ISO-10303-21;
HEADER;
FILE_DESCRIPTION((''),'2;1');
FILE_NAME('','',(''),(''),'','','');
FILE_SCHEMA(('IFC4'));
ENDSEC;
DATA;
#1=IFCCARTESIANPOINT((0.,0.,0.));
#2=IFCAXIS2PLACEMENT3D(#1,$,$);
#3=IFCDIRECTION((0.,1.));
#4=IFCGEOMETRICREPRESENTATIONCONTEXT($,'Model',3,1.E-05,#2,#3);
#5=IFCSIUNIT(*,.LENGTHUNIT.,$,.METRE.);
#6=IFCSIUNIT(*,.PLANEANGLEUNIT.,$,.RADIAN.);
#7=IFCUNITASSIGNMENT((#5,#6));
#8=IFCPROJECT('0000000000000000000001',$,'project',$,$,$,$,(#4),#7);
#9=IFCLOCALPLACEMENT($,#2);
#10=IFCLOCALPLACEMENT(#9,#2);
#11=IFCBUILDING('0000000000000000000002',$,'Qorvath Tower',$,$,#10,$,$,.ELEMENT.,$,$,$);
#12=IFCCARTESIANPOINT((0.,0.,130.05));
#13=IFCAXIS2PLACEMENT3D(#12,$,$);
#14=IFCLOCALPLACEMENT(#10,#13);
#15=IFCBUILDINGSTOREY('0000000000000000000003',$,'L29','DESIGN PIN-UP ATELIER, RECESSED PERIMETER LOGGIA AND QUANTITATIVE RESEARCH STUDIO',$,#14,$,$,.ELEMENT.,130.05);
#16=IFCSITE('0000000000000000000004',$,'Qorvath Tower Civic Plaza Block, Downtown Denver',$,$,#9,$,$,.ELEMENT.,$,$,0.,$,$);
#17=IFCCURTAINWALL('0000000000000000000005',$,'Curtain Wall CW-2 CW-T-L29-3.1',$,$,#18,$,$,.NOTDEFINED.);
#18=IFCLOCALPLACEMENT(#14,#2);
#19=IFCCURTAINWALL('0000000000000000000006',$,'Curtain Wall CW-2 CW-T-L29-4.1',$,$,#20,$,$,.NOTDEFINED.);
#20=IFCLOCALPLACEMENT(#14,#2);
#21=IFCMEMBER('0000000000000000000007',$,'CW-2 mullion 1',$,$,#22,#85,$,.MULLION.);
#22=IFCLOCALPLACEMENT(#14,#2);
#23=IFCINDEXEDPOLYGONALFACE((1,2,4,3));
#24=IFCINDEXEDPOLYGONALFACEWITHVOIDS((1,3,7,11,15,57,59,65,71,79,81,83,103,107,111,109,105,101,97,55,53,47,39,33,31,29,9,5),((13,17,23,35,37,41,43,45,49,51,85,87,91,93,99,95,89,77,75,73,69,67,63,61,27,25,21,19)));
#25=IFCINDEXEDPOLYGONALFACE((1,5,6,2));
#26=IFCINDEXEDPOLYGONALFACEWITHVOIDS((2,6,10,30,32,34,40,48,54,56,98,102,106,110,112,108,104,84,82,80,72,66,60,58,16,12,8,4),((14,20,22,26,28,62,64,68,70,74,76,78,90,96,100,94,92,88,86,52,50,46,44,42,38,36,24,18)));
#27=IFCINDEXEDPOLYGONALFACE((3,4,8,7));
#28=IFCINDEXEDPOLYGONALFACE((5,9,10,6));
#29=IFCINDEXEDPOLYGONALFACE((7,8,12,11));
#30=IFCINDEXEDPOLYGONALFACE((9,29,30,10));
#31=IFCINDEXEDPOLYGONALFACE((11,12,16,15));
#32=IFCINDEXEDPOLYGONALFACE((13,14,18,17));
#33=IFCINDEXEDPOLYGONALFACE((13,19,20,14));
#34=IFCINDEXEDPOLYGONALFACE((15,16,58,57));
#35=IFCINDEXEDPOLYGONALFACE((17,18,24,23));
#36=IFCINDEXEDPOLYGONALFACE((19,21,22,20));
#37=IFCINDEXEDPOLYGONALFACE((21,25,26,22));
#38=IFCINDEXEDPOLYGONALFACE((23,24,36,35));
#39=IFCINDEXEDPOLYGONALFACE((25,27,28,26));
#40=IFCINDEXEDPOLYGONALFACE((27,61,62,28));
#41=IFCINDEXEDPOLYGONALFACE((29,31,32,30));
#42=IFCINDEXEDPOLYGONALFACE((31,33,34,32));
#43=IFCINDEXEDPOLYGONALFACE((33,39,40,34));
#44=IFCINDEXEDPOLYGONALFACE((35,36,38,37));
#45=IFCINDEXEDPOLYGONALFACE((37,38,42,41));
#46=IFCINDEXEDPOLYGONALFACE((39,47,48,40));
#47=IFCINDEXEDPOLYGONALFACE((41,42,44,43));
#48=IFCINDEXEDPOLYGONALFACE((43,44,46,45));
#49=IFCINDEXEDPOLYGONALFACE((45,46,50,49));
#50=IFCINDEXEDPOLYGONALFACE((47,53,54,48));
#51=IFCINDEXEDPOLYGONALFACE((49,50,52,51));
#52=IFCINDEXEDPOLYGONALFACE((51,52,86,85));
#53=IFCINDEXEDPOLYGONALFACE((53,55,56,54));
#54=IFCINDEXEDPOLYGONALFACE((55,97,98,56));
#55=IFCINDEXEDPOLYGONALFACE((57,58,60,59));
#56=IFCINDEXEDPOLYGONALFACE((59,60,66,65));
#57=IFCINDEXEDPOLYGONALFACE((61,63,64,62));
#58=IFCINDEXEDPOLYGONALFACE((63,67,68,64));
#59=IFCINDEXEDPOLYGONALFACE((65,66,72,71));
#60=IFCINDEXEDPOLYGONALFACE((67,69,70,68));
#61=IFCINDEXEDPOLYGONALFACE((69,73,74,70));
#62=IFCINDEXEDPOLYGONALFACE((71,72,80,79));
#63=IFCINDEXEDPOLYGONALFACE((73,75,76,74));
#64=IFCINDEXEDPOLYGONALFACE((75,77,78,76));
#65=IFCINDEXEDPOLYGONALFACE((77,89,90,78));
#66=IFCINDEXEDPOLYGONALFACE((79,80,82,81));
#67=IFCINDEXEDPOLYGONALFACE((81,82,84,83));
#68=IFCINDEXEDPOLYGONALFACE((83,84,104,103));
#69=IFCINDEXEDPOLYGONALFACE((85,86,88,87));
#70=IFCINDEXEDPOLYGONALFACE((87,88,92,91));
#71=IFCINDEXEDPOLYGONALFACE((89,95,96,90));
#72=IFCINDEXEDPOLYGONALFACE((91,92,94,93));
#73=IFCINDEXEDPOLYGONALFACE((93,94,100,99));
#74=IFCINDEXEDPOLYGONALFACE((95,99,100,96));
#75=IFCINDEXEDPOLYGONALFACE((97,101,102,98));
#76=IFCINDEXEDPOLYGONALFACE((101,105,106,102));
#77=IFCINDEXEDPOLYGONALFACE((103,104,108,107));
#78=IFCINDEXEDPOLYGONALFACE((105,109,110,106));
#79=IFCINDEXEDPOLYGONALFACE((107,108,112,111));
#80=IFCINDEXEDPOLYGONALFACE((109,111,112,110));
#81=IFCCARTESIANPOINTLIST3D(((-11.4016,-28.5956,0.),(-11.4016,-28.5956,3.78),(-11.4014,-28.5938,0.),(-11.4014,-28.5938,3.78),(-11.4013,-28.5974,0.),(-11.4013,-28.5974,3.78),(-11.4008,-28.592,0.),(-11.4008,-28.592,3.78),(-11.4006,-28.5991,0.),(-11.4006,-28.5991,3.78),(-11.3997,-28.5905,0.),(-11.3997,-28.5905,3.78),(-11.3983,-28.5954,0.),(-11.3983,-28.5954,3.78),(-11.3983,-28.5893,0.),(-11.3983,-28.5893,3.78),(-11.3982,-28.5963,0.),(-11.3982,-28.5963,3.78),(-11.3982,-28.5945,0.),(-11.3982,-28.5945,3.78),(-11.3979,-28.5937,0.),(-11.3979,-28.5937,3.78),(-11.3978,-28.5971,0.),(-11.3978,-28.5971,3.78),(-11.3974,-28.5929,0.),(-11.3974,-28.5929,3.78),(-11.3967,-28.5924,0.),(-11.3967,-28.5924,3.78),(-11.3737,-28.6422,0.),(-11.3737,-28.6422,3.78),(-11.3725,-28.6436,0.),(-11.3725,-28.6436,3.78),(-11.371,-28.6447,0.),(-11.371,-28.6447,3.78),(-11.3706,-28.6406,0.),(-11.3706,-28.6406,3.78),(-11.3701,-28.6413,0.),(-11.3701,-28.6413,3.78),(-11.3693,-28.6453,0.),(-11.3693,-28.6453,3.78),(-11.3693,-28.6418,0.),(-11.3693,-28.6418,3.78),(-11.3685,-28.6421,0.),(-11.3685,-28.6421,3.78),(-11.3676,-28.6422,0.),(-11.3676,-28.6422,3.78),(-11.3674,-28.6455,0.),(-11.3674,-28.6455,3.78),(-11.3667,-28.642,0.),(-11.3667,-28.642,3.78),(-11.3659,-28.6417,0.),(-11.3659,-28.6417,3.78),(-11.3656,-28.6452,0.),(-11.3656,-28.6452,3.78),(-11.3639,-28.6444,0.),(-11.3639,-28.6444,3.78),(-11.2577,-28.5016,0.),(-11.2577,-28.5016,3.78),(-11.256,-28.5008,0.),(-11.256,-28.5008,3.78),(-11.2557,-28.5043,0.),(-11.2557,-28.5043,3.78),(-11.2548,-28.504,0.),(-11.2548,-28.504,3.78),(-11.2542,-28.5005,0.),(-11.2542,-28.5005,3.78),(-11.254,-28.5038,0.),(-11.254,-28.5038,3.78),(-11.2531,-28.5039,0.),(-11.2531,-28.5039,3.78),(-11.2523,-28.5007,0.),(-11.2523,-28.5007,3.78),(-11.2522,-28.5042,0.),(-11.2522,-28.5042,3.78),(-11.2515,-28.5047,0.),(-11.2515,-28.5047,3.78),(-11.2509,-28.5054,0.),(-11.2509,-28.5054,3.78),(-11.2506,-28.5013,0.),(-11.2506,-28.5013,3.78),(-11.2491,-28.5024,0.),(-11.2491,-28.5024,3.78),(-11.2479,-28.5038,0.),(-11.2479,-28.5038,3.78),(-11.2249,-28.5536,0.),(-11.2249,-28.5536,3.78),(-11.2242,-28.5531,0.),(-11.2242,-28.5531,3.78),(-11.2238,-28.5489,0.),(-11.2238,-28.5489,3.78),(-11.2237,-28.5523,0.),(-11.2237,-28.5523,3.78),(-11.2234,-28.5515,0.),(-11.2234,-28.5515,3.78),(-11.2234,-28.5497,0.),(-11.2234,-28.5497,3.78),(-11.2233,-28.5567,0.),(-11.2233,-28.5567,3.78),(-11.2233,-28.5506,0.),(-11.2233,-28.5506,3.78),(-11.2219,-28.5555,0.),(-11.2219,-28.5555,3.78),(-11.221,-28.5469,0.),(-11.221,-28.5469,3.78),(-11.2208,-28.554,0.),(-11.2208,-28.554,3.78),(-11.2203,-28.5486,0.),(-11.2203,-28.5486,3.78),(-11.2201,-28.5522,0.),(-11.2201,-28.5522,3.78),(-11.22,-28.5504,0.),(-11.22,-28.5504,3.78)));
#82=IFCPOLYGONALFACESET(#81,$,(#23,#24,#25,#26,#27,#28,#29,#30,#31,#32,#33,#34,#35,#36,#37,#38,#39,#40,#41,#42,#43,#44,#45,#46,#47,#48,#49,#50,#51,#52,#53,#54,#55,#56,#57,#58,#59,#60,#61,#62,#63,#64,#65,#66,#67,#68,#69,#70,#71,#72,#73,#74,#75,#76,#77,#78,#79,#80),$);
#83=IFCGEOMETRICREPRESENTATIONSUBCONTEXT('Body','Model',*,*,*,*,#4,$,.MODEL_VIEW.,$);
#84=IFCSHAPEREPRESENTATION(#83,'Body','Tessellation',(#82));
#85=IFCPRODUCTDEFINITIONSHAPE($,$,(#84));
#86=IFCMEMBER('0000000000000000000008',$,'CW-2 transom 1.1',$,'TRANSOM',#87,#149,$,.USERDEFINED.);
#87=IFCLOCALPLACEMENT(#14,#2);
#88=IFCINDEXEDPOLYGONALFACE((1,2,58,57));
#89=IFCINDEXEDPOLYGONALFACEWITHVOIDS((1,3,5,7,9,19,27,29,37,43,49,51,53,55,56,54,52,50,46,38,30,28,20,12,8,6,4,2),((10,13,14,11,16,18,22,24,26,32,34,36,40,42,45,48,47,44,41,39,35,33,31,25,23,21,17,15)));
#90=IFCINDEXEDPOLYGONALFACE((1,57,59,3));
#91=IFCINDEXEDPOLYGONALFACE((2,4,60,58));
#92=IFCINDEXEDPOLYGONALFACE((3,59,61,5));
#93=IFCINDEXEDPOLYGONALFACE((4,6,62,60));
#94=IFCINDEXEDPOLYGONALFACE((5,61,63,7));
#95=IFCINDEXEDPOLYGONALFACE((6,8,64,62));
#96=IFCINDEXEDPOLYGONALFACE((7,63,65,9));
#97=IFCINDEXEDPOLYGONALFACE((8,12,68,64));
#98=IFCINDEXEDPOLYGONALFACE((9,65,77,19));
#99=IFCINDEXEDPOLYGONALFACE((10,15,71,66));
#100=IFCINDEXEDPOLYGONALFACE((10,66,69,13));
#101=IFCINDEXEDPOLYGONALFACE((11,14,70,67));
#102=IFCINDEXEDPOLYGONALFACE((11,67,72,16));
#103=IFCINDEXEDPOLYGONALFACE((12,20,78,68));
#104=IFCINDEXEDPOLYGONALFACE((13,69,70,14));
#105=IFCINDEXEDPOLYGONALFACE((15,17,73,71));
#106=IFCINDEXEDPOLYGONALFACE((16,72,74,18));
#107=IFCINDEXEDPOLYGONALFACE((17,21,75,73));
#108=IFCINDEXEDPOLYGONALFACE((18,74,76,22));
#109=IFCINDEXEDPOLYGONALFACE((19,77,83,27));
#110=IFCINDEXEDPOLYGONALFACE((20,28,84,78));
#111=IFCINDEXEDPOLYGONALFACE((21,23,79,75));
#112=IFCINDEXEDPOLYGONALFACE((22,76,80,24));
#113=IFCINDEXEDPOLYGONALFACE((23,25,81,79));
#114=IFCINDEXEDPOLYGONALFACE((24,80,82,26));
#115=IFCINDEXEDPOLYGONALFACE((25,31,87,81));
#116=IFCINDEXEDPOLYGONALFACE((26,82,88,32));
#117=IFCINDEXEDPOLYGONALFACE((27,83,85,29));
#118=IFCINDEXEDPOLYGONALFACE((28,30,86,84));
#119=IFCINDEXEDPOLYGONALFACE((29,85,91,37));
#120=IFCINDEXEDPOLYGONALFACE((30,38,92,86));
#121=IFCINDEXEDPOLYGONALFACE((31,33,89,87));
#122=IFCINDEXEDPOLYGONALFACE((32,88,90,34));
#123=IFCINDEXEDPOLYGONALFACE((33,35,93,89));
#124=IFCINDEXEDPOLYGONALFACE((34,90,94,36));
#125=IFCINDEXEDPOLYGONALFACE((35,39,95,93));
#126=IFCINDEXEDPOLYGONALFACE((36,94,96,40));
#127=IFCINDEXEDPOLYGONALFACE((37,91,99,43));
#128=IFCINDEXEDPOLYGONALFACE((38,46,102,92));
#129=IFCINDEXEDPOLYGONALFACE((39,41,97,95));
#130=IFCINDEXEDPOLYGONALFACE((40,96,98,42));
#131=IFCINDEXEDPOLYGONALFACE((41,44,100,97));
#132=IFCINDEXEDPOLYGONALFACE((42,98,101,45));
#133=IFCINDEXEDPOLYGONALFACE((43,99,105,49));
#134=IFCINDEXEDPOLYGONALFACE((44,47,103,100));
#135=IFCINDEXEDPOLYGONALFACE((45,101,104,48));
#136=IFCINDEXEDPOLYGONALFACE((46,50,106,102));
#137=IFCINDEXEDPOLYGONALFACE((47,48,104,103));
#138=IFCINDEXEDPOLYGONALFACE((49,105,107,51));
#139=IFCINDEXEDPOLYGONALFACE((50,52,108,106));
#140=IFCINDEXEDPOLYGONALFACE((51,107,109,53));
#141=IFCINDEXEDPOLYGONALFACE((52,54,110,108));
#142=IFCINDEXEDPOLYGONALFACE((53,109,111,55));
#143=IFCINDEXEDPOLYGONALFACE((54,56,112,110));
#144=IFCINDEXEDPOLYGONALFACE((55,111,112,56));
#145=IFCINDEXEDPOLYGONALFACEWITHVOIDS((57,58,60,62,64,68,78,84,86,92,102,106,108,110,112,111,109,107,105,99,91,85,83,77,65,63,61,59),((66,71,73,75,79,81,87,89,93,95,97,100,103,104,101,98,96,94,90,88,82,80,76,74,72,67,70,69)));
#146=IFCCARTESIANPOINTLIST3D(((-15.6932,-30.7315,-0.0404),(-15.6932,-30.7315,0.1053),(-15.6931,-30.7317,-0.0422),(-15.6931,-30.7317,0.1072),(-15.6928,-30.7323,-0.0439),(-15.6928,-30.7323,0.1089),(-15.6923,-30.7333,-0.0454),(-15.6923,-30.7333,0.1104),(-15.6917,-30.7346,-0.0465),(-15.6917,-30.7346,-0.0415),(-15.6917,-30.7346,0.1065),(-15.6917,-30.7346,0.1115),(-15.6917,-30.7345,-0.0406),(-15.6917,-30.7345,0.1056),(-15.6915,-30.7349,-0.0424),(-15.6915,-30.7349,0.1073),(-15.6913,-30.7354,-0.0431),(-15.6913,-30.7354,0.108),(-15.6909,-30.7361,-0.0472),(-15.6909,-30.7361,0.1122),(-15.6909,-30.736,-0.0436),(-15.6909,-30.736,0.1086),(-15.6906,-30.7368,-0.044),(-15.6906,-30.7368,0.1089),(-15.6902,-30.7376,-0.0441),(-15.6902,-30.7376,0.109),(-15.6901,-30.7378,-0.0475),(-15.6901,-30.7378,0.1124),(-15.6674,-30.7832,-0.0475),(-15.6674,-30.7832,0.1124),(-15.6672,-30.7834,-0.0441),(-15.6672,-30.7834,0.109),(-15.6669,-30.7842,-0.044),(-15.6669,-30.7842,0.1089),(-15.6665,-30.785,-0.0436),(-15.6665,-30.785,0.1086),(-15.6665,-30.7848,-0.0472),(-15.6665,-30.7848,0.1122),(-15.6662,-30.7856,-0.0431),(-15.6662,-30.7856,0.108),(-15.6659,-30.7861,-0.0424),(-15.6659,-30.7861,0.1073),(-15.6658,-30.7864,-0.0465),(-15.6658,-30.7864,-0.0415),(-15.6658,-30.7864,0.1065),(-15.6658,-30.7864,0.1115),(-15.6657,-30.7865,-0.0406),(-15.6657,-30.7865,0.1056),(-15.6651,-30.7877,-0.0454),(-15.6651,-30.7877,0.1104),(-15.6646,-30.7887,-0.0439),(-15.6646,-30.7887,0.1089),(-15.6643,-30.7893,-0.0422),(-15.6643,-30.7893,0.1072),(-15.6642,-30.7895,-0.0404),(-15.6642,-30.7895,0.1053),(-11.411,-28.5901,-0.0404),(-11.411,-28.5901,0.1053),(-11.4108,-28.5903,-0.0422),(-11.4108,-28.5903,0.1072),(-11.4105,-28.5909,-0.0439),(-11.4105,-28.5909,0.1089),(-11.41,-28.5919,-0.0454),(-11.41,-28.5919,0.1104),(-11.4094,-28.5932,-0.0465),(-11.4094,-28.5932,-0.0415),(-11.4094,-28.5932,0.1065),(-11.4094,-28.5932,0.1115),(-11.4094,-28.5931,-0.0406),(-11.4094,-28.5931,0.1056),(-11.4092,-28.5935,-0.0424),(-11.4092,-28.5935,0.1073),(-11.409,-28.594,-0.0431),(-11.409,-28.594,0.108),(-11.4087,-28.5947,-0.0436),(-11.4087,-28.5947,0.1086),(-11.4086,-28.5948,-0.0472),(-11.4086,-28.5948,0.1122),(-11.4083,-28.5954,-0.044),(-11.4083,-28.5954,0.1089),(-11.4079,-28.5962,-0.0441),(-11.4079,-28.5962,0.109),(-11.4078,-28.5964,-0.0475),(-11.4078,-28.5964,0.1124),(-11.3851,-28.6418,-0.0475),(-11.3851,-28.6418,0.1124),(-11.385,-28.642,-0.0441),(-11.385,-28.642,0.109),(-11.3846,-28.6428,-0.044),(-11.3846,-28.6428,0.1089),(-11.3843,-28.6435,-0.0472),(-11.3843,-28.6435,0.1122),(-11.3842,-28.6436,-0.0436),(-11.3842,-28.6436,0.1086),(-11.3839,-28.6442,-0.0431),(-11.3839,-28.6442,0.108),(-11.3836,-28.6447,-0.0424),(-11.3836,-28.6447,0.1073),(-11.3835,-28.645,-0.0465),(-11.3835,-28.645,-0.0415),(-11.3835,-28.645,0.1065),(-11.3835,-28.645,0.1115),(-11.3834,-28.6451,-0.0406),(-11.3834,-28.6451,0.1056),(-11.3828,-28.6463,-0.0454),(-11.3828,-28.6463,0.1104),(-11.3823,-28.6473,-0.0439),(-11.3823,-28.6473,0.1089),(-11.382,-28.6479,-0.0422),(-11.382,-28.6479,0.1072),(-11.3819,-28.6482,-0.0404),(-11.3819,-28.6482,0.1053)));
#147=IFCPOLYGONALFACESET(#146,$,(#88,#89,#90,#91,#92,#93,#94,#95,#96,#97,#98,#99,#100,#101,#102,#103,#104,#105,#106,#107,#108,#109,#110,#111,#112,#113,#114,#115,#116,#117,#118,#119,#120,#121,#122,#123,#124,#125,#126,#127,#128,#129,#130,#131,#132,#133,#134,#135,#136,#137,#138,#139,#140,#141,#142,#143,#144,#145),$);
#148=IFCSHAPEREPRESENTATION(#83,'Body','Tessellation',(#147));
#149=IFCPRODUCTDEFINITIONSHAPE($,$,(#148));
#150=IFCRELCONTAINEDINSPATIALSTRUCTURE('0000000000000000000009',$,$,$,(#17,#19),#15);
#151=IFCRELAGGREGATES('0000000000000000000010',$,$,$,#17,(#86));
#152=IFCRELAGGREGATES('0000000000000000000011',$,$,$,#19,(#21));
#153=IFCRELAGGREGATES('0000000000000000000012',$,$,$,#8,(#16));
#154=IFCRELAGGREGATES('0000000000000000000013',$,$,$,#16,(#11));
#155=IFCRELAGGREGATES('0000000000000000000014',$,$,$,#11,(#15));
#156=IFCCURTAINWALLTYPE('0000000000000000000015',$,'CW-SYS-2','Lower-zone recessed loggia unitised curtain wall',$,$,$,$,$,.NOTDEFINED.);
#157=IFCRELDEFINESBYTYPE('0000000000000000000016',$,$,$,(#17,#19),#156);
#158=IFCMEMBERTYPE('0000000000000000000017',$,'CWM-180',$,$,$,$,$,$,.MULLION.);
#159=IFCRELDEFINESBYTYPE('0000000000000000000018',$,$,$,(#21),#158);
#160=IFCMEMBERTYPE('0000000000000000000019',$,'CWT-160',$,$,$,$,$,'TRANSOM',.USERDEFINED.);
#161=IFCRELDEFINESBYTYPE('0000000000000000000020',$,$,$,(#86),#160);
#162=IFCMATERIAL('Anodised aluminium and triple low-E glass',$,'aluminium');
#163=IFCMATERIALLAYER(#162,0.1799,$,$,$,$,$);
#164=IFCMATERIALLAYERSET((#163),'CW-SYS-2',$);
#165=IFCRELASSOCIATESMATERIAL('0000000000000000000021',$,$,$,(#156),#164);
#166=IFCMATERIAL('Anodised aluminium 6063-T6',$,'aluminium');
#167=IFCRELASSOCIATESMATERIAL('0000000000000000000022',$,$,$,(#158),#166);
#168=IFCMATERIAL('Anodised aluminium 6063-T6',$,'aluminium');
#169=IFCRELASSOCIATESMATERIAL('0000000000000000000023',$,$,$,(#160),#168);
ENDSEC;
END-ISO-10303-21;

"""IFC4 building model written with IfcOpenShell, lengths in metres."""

from ifc_helpers import new_model, si_unit, direction, frame, origin, origin_2d, place, context, subcontext, project, spatial, hollow_rectangle, extrude, material, layer, layer_set, material_profile, profile_set, type_object, element, aggregate, save


model = new_model("IFC4")

# Units and contexts
model_context = context("Model", 3, precision=1e-05, world=origin(), true_north=direction((0.0, 1.0)))
body_context = subcontext(model_context, "Body", "Model", "MODEL_VIEW")
ifc_project = project(units=[si_unit("LENGTHUNIT", "METRE"), si_unit("PLANEANGLEUNIT", "RADIAN")], contexts=[model_context])

# Site, building, storey
site_placement = place(None, origin())
site = spatial("IfcSite", under=ifc_project, at=site_placement, Name="Qorvath Tower Civic Plaza Block, Downtown Denver", CompositionType="ELEMENT", RefElevation=0.0)
building_placement = place(site_placement, origin())
building = spatial("IfcBuilding", under=site, at=building_placement, Name="Qorvath Tower", CompositionType="ELEMENT")
storey_placement = place(building_placement, frame((0.0, 0.0, 130.05)))
storey = spatial("IfcBuildingStorey", under=building, at=storey_placement, Name="L29", Description="DESIGN PIN-UP ATELIER, RECESSED PERIMETER LOGGIA AND QUANTITATIVE RESEARCH STUDIO", CompositionType="ELEMENT", Elevation=130.05)

# Shared definitions
ifc_material_1 = material(Name="Anodised aluminium and triple low-E glass", Category="aluminium")
ifc_layer_1 = layer(ifc_material_1, 0.1799)
ifc_layer_set_1 = layer_set([ifc_layer_1], Name="CW-SYS-2")
curtain_wall_type = type_object("IfcCurtainWallType", Name="CW-SYS-2", Description="Lower-zone recessed loggia unitised curtain wall", PredefinedType="NOTDEFINED", material=ifc_layer_set_1)
ifc_material_2 = material(Name="Anodised aluminium 6063-T6", Category="aluminium")
ifc_material_profile_1 = material_profile(ifc_material_2, hollow_rectangle(XDim=0.0649, YDim=0.1799, WallThickness=0.0034, InnerFilletRadius=0.0034, OuterFilletRadius=0.0071, at=origin_2d()), Name="CWM 180x65")
ifc_profile_set_1 = profile_set([ifc_material_profile_1], Name="Anodised aluminium 6063-T6")
member_type_1 = type_object("IfcMemberType", Name="CWM-180", PredefinedType="MULLION", material=ifc_profile_set_1)

# Curtain wall
curtain_wall_1_placement = place(storey_placement, origin())
curtain_wall_1 = element("IfcCurtainWall", 1, at=curtain_wall_1_placement, inside=storey, type_object=curtain_wall_type, Name="Curtain Wall CW-2 CW-T-L29-3.1", PredefinedType="NOTDEFINED")

# Curtain wall, member
curtain_wall_2_placement = place(storey_placement, origin())
curtain_wall_2 = element("IfcCurtainWall", 2, at=curtain_wall_2_placement, inside=storey, type_object=curtain_wall_type, Name="Curtain Wall CW-2 CW-T-L29-4.1", PredefinedType="NOTDEFINED")
member_1_placement = place(storey_placement, frame((-11.3108, -28.573, 0.0), z_axis=(0.0, 0.0, 1.0), x_axis=(-0.529503, 0.848308, 0.0)))
member_1 = element("IfcMember", 3, at=member_1_placement, type_object=member_type_1, Name="CW-2 mullion 1", PredefinedType="MULLION", context=body_context, shape_type="SweptSolid", body=[
    extrude(hollow_rectangle(XDim=0.0649, YDim=0.1799, WallThickness=0.0034, InnerFilletRadius=0.0034, OuterFilletRadius=0.0071, at=origin_2d()), origin(), (0.0, 0.0, 1.0), 3.78),
])

# Member
ifc_material_3 = material(Name="Anodised aluminium 6063-T6", Category="aluminium")
ifc_material_profile_2 = material_profile(ifc_material_3, hollow_rectangle(XDim=0.0649, YDim=0.1599, WallThickness=0.0034, InnerFilletRadius=0.0034, OuterFilletRadius=0.0071, at=origin_2d()), Name="CWT 160x65")
ifc_profile_set_2 = profile_set([ifc_material_profile_2], Name="Anodised aluminium 6063-T6")
member_type_2 = type_object("IfcMemberType", Name="CWT-160", ElementType="TRANSOM", PredefinedType="USERDEFINED", material=ifc_profile_set_2)
member_2_placement = place(storey_placement, frame((-15.6787, -30.7605, 0.0325), z_axis=(0.894407, 0.447254, 0.0), x_axis=(-0.447254, 0.894407, 0.0)))
member_2 = element("IfcMember", 4, at=member_2_placement, type_object=member_type_2, Name="CW-2 transom 1.1", ObjectType="TRANSOM", PredefinedType="USERDEFINED", context=body_context, shape_type="SweptSolid", body=[
    extrude(hollow_rectangle(XDim=0.0649, YDim=0.1599, WallThickness=0.0034, InnerFilletRadius=0.0034, OuterFilletRadius=0.0071, at=origin_2d()), origin(), (0.0, 0.0, 1.0), 4.7878),
])

aggregate(curtain_wall_1, [member_2])
aggregate(curtain_wall_2, [member_1])

save(model, "model.ifc")
